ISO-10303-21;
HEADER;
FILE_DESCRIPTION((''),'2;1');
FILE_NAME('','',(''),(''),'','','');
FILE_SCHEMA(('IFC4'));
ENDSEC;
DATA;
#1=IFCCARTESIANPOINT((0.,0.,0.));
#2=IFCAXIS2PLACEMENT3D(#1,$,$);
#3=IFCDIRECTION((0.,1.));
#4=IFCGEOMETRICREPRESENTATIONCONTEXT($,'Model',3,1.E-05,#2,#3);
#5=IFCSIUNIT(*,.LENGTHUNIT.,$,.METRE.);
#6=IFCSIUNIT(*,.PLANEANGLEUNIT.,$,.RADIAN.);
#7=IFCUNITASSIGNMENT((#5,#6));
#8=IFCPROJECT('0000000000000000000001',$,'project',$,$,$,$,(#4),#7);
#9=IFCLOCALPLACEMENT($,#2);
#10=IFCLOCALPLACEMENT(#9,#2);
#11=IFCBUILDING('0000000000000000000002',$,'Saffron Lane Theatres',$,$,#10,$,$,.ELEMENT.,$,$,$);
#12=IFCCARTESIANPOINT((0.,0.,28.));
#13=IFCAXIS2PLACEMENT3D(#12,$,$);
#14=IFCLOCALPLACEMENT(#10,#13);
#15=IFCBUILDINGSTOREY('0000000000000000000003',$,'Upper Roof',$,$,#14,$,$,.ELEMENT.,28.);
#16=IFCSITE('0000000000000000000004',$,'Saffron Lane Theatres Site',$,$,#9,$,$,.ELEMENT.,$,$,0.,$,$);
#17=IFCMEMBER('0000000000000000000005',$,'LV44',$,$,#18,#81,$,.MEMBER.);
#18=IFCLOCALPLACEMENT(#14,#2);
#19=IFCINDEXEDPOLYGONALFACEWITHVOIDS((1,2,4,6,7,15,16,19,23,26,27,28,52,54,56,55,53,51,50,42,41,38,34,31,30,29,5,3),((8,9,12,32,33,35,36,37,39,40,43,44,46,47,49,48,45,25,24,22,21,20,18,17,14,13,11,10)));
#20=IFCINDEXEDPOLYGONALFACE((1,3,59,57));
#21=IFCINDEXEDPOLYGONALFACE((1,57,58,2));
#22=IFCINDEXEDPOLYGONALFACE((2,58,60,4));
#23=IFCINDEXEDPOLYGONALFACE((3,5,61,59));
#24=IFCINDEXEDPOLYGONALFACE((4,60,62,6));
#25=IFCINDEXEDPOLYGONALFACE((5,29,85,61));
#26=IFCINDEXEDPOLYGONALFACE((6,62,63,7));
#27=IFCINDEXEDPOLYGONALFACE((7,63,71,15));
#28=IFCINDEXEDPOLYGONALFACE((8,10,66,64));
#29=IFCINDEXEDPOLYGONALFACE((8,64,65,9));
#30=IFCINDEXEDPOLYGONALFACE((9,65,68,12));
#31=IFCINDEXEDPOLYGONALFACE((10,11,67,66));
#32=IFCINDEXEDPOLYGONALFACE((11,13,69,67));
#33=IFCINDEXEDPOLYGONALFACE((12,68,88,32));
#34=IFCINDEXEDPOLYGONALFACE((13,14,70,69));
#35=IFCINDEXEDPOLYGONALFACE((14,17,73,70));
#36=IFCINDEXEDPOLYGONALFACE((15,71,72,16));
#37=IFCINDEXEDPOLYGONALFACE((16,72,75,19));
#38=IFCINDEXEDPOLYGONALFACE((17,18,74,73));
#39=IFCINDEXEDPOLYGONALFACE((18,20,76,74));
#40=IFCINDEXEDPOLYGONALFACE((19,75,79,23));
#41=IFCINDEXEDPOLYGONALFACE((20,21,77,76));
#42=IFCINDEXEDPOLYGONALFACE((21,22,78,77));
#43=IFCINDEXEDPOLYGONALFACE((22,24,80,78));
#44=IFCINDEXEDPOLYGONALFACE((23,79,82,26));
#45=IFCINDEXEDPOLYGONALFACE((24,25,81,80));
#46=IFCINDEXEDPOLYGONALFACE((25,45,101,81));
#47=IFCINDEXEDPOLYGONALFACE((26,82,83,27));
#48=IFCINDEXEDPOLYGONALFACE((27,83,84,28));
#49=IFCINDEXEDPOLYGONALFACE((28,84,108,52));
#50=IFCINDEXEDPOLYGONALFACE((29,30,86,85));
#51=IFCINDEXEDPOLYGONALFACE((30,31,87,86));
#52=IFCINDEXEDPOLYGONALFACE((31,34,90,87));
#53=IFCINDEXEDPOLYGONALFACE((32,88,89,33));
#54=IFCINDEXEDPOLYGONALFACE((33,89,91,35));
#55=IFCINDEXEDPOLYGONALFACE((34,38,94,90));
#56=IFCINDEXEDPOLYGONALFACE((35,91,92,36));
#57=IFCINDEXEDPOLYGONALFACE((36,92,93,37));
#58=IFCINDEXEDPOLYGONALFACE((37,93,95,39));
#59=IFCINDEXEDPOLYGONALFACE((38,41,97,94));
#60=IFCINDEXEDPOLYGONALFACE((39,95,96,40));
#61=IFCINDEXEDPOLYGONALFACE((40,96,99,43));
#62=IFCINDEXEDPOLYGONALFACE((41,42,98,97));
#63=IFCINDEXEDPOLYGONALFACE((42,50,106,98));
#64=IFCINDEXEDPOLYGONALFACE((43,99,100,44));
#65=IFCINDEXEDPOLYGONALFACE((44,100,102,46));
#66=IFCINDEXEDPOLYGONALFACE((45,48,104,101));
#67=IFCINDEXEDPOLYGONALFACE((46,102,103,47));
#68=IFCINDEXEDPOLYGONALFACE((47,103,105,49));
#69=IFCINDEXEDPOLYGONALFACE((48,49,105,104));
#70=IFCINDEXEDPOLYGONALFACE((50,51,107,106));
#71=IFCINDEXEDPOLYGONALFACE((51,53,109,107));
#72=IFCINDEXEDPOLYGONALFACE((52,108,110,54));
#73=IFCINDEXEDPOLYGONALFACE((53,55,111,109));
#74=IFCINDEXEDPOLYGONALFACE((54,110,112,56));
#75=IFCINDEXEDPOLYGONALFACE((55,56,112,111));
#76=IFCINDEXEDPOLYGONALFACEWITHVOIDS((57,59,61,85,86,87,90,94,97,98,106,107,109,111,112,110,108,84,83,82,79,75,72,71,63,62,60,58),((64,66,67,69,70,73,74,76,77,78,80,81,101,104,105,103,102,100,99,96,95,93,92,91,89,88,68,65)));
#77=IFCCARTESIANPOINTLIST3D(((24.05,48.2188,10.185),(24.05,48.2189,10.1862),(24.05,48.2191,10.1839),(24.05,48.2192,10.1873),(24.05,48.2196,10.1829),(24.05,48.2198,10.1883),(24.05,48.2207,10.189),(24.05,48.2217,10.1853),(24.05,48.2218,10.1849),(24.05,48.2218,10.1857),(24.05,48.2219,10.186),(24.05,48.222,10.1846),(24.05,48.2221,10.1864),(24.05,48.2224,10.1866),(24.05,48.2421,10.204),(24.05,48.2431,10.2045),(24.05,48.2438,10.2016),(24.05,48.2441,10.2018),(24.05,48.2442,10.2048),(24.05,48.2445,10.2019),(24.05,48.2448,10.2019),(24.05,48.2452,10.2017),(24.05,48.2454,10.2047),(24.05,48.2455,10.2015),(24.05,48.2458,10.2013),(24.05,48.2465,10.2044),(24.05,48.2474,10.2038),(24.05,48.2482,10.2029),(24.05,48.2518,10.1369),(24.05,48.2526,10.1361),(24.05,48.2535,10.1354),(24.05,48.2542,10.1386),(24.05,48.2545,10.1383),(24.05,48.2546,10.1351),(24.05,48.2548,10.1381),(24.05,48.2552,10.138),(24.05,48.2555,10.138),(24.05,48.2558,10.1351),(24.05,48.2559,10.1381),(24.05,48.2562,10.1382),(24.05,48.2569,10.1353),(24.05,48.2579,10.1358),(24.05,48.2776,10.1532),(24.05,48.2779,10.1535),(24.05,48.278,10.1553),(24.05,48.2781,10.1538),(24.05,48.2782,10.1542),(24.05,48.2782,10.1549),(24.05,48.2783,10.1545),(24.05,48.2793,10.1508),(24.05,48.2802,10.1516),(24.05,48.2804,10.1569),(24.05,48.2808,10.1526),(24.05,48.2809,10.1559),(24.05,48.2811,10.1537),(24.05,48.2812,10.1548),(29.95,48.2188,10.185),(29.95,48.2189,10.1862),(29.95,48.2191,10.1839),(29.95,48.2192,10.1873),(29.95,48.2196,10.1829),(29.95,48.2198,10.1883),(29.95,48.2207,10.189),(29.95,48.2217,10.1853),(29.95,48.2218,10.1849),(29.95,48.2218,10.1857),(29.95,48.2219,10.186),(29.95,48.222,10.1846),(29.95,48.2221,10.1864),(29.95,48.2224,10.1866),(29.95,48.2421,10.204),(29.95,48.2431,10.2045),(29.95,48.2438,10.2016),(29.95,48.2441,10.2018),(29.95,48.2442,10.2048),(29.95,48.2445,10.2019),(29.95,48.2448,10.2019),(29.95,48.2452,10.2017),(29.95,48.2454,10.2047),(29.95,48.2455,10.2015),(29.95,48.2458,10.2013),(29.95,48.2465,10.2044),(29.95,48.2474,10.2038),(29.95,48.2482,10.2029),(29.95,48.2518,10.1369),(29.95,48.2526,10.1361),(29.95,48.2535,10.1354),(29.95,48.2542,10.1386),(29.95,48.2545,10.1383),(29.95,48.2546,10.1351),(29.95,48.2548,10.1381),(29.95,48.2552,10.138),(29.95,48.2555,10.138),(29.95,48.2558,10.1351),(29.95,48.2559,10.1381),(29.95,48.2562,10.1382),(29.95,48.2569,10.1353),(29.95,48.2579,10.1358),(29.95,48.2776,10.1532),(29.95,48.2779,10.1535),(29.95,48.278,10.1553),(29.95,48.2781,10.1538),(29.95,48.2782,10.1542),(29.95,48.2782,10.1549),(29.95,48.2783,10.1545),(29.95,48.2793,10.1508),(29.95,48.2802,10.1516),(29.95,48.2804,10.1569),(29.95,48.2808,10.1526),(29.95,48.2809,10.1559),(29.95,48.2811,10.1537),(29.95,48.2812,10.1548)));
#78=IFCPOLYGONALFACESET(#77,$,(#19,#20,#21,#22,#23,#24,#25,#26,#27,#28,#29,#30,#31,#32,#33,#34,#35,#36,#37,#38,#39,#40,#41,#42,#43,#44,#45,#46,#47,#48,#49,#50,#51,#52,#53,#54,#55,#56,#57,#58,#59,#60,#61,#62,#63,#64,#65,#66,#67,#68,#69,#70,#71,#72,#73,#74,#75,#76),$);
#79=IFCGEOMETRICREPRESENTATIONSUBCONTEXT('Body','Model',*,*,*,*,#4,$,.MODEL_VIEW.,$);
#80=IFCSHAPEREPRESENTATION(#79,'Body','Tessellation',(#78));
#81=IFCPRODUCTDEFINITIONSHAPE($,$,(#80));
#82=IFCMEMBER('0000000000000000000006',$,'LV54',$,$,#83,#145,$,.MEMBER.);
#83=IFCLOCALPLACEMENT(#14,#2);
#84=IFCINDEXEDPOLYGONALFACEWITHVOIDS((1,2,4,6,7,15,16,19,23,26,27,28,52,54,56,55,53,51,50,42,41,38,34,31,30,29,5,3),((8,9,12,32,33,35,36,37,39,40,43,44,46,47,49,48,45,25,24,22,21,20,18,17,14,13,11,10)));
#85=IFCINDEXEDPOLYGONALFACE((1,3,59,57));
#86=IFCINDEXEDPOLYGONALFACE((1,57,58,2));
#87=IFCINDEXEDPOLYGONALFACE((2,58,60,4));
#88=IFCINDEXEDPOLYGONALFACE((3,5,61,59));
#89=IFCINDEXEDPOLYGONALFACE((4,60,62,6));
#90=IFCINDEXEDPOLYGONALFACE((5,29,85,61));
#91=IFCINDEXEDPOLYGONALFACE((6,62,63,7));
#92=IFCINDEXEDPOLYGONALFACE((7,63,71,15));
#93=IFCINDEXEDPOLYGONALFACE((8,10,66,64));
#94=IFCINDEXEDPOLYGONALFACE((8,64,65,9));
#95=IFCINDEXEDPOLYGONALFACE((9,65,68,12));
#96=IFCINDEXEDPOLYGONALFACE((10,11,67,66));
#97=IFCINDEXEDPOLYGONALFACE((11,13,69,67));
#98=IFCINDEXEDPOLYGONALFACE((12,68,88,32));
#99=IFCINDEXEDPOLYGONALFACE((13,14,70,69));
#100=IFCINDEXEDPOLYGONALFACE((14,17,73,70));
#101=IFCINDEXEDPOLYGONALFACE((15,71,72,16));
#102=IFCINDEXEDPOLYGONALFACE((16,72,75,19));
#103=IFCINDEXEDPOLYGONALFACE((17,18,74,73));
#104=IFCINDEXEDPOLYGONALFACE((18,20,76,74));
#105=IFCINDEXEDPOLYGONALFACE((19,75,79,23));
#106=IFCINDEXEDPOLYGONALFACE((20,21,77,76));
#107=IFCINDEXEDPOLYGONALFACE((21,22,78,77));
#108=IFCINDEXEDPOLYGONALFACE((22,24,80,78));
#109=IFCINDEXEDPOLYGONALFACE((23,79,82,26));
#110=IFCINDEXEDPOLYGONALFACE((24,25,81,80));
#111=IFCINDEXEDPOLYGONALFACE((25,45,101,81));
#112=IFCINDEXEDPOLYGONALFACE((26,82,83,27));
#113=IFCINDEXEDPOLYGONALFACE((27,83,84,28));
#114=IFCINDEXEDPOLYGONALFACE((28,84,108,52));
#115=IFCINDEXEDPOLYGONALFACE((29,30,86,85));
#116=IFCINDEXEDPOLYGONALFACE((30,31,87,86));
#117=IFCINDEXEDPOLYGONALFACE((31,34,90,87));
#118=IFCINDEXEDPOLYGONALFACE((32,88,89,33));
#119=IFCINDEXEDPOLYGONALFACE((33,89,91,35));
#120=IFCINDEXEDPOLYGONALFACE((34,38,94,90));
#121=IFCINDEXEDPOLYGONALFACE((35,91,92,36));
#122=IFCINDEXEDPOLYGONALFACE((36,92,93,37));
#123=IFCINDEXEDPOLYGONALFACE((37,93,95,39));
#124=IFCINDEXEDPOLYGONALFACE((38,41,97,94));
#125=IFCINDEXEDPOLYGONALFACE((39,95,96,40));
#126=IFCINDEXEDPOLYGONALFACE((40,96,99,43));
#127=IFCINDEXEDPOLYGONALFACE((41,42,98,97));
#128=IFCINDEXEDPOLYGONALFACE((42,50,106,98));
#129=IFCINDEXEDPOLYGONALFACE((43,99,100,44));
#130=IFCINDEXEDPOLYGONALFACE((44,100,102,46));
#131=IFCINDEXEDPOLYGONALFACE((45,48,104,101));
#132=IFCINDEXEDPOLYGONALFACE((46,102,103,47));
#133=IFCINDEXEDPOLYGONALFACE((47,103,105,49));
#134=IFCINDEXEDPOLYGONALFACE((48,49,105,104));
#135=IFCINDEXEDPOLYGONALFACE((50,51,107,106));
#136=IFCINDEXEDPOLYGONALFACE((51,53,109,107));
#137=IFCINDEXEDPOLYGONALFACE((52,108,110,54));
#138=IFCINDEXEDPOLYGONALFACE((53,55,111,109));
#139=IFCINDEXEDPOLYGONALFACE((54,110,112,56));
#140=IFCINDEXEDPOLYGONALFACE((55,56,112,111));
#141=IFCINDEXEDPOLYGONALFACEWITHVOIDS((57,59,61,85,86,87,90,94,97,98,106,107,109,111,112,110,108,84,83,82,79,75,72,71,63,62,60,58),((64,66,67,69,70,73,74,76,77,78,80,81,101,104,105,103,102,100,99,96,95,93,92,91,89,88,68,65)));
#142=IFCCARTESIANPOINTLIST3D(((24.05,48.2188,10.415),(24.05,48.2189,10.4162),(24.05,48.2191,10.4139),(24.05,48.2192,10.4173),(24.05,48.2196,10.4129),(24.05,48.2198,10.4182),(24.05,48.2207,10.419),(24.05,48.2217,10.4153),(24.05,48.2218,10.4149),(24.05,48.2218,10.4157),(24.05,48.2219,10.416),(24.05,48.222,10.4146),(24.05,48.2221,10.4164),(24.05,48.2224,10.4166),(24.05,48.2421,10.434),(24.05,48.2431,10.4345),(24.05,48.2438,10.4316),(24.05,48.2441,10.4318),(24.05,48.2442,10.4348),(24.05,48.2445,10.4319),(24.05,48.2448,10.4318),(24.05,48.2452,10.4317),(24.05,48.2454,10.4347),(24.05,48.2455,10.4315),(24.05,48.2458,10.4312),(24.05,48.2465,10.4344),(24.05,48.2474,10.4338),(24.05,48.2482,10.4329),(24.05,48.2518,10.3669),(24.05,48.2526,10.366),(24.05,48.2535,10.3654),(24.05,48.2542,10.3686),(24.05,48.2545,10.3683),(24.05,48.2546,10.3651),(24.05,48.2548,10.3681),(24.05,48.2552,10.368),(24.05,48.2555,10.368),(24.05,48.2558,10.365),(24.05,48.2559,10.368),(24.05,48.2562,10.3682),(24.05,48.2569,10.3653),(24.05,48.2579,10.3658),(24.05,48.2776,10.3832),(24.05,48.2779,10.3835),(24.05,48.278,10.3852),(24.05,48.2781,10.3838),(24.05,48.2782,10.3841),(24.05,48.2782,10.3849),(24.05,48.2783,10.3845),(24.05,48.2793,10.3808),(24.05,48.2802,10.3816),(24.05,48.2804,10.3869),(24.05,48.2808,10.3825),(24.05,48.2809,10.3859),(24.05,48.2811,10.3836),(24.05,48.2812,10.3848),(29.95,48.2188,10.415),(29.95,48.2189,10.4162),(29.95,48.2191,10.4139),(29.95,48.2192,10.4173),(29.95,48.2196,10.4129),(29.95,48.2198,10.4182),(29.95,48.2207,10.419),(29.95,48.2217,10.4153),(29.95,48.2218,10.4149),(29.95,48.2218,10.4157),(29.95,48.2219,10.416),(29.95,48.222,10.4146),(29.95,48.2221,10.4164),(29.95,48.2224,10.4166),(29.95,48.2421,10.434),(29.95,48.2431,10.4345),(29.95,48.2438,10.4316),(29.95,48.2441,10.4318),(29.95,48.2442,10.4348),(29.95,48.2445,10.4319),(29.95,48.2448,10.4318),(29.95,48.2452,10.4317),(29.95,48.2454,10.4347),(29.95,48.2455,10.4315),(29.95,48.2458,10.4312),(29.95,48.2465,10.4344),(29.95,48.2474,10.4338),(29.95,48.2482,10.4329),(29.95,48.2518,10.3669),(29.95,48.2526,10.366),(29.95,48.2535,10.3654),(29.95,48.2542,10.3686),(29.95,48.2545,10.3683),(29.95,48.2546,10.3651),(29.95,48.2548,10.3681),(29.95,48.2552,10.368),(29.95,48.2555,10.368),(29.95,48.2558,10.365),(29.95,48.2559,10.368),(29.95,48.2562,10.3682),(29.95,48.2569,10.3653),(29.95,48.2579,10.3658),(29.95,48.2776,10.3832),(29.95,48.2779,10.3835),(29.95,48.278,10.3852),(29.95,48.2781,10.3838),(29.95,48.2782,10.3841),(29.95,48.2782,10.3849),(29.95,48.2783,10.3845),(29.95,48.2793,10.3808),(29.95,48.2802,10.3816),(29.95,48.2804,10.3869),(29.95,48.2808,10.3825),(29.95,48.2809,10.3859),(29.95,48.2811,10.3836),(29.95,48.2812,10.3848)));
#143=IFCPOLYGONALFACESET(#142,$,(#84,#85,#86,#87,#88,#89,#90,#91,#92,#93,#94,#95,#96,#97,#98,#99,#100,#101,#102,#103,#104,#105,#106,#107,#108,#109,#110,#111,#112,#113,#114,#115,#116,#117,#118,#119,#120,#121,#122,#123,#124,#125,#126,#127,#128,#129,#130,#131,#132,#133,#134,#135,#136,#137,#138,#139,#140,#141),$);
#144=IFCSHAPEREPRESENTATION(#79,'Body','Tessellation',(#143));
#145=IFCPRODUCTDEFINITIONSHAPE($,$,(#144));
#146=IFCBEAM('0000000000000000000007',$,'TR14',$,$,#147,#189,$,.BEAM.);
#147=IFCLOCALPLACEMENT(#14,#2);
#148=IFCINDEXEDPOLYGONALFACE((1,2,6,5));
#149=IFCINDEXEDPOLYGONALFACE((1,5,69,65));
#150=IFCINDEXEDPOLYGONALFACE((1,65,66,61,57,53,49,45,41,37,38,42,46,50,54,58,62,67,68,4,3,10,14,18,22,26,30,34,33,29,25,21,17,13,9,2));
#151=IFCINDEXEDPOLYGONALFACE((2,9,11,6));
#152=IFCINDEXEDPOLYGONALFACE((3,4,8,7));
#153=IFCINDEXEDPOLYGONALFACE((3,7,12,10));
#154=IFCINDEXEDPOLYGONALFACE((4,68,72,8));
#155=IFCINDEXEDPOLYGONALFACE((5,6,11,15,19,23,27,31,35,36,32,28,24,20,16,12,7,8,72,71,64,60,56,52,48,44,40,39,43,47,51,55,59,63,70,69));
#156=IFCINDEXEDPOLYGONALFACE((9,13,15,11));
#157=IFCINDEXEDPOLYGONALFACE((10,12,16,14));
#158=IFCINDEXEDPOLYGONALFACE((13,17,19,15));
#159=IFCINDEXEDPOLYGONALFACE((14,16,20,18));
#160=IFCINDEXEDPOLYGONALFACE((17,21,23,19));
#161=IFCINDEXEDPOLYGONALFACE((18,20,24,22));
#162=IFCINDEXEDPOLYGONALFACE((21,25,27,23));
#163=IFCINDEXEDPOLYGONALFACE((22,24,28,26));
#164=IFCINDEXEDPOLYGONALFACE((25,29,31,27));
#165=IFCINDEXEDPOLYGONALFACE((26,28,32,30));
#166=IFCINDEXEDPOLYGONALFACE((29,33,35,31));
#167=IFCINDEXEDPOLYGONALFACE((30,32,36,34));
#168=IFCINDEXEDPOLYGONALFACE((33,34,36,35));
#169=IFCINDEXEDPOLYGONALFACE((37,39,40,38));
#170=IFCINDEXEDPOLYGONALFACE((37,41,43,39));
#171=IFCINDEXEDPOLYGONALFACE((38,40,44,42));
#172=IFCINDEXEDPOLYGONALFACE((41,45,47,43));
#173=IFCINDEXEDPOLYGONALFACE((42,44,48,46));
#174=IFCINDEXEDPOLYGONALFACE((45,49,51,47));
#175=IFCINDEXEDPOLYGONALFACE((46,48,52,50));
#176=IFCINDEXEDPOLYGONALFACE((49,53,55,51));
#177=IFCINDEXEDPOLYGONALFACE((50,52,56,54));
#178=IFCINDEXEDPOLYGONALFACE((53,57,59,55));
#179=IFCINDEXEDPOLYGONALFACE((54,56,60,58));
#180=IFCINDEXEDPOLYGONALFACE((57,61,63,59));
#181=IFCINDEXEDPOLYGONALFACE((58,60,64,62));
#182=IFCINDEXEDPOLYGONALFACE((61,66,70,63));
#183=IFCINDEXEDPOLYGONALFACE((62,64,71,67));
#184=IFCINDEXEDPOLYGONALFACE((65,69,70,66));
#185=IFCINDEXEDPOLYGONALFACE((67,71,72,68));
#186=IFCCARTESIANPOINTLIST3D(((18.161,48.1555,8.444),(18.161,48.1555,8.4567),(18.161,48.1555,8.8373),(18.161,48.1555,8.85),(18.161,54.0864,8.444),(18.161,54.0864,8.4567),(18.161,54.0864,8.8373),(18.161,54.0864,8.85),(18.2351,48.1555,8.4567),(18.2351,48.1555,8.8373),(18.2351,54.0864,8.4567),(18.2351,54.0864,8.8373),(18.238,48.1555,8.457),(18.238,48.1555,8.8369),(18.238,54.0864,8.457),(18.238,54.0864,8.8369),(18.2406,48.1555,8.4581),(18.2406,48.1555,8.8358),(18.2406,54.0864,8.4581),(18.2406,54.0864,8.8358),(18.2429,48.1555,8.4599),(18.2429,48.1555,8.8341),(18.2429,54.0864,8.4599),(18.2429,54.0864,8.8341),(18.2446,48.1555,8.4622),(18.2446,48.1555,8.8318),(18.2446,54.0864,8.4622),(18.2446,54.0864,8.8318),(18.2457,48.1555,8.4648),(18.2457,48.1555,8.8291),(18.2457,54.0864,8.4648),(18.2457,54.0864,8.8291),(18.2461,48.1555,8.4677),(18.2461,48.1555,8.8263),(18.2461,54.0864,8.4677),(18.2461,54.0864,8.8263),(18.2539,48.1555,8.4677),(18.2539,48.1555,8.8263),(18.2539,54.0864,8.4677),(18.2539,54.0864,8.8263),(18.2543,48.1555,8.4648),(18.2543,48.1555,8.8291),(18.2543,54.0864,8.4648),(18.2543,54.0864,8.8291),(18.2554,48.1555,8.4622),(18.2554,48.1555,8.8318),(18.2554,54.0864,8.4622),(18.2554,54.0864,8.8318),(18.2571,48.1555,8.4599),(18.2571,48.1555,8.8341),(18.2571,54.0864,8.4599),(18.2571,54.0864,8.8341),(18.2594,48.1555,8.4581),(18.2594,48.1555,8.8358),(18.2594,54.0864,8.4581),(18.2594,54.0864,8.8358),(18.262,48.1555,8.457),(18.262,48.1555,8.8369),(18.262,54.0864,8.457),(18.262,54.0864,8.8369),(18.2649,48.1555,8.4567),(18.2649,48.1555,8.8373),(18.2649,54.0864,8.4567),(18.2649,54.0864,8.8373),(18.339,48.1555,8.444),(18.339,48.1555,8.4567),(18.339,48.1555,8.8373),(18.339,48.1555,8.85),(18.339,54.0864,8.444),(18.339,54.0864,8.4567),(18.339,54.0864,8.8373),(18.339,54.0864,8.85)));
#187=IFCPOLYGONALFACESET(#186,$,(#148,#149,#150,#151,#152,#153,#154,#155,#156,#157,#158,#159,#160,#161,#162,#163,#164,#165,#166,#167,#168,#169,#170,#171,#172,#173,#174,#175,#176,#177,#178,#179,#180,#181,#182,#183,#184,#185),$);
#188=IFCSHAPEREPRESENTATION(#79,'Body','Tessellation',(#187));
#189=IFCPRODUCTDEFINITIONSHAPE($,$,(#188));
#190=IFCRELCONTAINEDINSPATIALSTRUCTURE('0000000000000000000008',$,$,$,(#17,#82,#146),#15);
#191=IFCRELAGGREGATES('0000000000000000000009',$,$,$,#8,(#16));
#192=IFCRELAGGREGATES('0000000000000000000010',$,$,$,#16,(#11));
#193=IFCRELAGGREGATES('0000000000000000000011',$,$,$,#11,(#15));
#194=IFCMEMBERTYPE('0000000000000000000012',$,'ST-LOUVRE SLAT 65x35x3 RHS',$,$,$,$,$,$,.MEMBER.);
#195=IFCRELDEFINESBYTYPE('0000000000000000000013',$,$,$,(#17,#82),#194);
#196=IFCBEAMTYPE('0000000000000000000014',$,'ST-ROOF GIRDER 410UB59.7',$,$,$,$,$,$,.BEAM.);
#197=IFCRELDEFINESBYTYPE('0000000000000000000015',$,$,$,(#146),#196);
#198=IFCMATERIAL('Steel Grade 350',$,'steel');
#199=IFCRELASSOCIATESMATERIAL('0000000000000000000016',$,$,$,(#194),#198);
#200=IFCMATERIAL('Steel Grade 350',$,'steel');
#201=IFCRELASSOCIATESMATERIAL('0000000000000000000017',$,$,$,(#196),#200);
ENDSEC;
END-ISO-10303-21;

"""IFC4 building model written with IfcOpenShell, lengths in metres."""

from ifc_helpers import new_model, si_unit, direction, frame, origin, origin_2d, place, context, subcontext, project, spatial, hollow_rectangle, i_section, extrude, material, material_profile, profile_set, type_object, element, save


model = new_model("IFC4")

# Units and contexts
model_context = context("Model", 3, precision=1e-05, world=origin(), true_north=direction((0.0, 1.0)))
body_context = subcontext(model_context, "Body", "Model", "MODEL_VIEW")
ifc_project = project(units=[si_unit("LENGTHUNIT", "METRE"), si_unit("PLANEANGLEUNIT", "RADIAN")], contexts=[model_context])

# Site, building, storey
site_placement = place(None, origin())
site = spatial("IfcSite", under=ifc_project, at=site_placement, Name="Saffron Lane Theatres Site", CompositionType="ELEMENT", RefElevation=0.0)
building_placement = place(site_placement, origin())
building = spatial("IfcBuilding", under=site, at=building_placement, Name="Saffron Lane Theatres", CompositionType="ELEMENT")
storey_placement = place(building_placement, frame((0.0, 0.0, 28.0)))
storey = spatial("IfcBuildingStorey", under=building, at=storey_placement, Name="Upper Roof", CompositionType="ELEMENT", Elevation=28.0)

# Members
ifc_material_1 = material(Name="Steel Grade 350", Category="steel")
ifc_material_profile_1 = material_profile(ifc_material_1, hollow_rectangle(XDim=0.0349, YDim=0.0649, WallThickness=0.0029, InnerFilletRadius=0.0015, OuterFilletRadius=0.0044, at=origin_2d()))
ifc_profile_set_1 = profile_set([ifc_material_profile_1], Name="Steel Grade 350")
member_type_1 = type_object("IfcMemberType", Name="ST-LOUVRE SLAT 65x35x3 RHS", PredefinedType="MEMBER", material=ifc_profile_set_1)
for number, where, z_axis, x_axis, name in (
    (1, (24.05, 48.25, 10.1699), (1.0, 0.0, 0.0), (0.0, 0.819152, 0.573576), "LV44"),
    (2, (24.05, 48.25, 10.3999), (1.0, 0.0, 0.0), (0.0, 0.819152, 0.573576), "LV54"),
):
    element("IfcMember", number, at=place(storey_placement, frame(where, z_axis=z_axis, x_axis=x_axis)), inside=storey, type_object=member_type_1, Name=name, PredefinedType="MEMBER", context=body_context, shape_type="SweptSolid", body=[
        extrude(hollow_rectangle(XDim=0.0349, YDim=0.0649, WallThickness=0.0029, InnerFilletRadius=0.0015, OuterFilletRadius=0.0044, at=origin_2d()), origin(), (0.0, 0.0, 1.0), 5.8999),
    ])

# Beam
ifc_material_2 = material(Name="Steel Grade 350", Category="steel")
ifc_material_profile_2 = material_profile(ifc_material_2, i_section(OverallWidth=0.178, OverallDepth=0.406, WebThickness=0.0078, FlangeThickness=0.0127, FilletRadius=0.011, at=origin_2d()))
ifc_profile_set_2 = profile_set([ifc_material_profile_2], Name="Steel Grade 350")
beam_type_1 = type_object("IfcBeamType", Name="ST-ROOF GIRDER 410UB59.7", PredefinedType="BEAM", material=ifc_profile_set_2)
beam_1_placement = place(storey_placement, frame((18.25, 48.1555, 8.647), z_axis=(0.0, 1.0, 0.0), x_axis=(-1.0, 0.0, 0.0)))
element("IfcBeam", 3, at=beam_1_placement, inside=storey, type_object=beam_type_1, Name="TR14", PredefinedType="BEAM", context=body_context, shape_type="SweptSolid", body=[
    extrude(i_section(OverallWidth=0.178, OverallDepth=0.406, WebThickness=0.0078, FlangeThickness=0.0127, FilletRadius=0.011, at=origin_2d()), origin(), (0.0, 0.0, 1.0), 5.9309),
])

save(model, "model.ifc")
